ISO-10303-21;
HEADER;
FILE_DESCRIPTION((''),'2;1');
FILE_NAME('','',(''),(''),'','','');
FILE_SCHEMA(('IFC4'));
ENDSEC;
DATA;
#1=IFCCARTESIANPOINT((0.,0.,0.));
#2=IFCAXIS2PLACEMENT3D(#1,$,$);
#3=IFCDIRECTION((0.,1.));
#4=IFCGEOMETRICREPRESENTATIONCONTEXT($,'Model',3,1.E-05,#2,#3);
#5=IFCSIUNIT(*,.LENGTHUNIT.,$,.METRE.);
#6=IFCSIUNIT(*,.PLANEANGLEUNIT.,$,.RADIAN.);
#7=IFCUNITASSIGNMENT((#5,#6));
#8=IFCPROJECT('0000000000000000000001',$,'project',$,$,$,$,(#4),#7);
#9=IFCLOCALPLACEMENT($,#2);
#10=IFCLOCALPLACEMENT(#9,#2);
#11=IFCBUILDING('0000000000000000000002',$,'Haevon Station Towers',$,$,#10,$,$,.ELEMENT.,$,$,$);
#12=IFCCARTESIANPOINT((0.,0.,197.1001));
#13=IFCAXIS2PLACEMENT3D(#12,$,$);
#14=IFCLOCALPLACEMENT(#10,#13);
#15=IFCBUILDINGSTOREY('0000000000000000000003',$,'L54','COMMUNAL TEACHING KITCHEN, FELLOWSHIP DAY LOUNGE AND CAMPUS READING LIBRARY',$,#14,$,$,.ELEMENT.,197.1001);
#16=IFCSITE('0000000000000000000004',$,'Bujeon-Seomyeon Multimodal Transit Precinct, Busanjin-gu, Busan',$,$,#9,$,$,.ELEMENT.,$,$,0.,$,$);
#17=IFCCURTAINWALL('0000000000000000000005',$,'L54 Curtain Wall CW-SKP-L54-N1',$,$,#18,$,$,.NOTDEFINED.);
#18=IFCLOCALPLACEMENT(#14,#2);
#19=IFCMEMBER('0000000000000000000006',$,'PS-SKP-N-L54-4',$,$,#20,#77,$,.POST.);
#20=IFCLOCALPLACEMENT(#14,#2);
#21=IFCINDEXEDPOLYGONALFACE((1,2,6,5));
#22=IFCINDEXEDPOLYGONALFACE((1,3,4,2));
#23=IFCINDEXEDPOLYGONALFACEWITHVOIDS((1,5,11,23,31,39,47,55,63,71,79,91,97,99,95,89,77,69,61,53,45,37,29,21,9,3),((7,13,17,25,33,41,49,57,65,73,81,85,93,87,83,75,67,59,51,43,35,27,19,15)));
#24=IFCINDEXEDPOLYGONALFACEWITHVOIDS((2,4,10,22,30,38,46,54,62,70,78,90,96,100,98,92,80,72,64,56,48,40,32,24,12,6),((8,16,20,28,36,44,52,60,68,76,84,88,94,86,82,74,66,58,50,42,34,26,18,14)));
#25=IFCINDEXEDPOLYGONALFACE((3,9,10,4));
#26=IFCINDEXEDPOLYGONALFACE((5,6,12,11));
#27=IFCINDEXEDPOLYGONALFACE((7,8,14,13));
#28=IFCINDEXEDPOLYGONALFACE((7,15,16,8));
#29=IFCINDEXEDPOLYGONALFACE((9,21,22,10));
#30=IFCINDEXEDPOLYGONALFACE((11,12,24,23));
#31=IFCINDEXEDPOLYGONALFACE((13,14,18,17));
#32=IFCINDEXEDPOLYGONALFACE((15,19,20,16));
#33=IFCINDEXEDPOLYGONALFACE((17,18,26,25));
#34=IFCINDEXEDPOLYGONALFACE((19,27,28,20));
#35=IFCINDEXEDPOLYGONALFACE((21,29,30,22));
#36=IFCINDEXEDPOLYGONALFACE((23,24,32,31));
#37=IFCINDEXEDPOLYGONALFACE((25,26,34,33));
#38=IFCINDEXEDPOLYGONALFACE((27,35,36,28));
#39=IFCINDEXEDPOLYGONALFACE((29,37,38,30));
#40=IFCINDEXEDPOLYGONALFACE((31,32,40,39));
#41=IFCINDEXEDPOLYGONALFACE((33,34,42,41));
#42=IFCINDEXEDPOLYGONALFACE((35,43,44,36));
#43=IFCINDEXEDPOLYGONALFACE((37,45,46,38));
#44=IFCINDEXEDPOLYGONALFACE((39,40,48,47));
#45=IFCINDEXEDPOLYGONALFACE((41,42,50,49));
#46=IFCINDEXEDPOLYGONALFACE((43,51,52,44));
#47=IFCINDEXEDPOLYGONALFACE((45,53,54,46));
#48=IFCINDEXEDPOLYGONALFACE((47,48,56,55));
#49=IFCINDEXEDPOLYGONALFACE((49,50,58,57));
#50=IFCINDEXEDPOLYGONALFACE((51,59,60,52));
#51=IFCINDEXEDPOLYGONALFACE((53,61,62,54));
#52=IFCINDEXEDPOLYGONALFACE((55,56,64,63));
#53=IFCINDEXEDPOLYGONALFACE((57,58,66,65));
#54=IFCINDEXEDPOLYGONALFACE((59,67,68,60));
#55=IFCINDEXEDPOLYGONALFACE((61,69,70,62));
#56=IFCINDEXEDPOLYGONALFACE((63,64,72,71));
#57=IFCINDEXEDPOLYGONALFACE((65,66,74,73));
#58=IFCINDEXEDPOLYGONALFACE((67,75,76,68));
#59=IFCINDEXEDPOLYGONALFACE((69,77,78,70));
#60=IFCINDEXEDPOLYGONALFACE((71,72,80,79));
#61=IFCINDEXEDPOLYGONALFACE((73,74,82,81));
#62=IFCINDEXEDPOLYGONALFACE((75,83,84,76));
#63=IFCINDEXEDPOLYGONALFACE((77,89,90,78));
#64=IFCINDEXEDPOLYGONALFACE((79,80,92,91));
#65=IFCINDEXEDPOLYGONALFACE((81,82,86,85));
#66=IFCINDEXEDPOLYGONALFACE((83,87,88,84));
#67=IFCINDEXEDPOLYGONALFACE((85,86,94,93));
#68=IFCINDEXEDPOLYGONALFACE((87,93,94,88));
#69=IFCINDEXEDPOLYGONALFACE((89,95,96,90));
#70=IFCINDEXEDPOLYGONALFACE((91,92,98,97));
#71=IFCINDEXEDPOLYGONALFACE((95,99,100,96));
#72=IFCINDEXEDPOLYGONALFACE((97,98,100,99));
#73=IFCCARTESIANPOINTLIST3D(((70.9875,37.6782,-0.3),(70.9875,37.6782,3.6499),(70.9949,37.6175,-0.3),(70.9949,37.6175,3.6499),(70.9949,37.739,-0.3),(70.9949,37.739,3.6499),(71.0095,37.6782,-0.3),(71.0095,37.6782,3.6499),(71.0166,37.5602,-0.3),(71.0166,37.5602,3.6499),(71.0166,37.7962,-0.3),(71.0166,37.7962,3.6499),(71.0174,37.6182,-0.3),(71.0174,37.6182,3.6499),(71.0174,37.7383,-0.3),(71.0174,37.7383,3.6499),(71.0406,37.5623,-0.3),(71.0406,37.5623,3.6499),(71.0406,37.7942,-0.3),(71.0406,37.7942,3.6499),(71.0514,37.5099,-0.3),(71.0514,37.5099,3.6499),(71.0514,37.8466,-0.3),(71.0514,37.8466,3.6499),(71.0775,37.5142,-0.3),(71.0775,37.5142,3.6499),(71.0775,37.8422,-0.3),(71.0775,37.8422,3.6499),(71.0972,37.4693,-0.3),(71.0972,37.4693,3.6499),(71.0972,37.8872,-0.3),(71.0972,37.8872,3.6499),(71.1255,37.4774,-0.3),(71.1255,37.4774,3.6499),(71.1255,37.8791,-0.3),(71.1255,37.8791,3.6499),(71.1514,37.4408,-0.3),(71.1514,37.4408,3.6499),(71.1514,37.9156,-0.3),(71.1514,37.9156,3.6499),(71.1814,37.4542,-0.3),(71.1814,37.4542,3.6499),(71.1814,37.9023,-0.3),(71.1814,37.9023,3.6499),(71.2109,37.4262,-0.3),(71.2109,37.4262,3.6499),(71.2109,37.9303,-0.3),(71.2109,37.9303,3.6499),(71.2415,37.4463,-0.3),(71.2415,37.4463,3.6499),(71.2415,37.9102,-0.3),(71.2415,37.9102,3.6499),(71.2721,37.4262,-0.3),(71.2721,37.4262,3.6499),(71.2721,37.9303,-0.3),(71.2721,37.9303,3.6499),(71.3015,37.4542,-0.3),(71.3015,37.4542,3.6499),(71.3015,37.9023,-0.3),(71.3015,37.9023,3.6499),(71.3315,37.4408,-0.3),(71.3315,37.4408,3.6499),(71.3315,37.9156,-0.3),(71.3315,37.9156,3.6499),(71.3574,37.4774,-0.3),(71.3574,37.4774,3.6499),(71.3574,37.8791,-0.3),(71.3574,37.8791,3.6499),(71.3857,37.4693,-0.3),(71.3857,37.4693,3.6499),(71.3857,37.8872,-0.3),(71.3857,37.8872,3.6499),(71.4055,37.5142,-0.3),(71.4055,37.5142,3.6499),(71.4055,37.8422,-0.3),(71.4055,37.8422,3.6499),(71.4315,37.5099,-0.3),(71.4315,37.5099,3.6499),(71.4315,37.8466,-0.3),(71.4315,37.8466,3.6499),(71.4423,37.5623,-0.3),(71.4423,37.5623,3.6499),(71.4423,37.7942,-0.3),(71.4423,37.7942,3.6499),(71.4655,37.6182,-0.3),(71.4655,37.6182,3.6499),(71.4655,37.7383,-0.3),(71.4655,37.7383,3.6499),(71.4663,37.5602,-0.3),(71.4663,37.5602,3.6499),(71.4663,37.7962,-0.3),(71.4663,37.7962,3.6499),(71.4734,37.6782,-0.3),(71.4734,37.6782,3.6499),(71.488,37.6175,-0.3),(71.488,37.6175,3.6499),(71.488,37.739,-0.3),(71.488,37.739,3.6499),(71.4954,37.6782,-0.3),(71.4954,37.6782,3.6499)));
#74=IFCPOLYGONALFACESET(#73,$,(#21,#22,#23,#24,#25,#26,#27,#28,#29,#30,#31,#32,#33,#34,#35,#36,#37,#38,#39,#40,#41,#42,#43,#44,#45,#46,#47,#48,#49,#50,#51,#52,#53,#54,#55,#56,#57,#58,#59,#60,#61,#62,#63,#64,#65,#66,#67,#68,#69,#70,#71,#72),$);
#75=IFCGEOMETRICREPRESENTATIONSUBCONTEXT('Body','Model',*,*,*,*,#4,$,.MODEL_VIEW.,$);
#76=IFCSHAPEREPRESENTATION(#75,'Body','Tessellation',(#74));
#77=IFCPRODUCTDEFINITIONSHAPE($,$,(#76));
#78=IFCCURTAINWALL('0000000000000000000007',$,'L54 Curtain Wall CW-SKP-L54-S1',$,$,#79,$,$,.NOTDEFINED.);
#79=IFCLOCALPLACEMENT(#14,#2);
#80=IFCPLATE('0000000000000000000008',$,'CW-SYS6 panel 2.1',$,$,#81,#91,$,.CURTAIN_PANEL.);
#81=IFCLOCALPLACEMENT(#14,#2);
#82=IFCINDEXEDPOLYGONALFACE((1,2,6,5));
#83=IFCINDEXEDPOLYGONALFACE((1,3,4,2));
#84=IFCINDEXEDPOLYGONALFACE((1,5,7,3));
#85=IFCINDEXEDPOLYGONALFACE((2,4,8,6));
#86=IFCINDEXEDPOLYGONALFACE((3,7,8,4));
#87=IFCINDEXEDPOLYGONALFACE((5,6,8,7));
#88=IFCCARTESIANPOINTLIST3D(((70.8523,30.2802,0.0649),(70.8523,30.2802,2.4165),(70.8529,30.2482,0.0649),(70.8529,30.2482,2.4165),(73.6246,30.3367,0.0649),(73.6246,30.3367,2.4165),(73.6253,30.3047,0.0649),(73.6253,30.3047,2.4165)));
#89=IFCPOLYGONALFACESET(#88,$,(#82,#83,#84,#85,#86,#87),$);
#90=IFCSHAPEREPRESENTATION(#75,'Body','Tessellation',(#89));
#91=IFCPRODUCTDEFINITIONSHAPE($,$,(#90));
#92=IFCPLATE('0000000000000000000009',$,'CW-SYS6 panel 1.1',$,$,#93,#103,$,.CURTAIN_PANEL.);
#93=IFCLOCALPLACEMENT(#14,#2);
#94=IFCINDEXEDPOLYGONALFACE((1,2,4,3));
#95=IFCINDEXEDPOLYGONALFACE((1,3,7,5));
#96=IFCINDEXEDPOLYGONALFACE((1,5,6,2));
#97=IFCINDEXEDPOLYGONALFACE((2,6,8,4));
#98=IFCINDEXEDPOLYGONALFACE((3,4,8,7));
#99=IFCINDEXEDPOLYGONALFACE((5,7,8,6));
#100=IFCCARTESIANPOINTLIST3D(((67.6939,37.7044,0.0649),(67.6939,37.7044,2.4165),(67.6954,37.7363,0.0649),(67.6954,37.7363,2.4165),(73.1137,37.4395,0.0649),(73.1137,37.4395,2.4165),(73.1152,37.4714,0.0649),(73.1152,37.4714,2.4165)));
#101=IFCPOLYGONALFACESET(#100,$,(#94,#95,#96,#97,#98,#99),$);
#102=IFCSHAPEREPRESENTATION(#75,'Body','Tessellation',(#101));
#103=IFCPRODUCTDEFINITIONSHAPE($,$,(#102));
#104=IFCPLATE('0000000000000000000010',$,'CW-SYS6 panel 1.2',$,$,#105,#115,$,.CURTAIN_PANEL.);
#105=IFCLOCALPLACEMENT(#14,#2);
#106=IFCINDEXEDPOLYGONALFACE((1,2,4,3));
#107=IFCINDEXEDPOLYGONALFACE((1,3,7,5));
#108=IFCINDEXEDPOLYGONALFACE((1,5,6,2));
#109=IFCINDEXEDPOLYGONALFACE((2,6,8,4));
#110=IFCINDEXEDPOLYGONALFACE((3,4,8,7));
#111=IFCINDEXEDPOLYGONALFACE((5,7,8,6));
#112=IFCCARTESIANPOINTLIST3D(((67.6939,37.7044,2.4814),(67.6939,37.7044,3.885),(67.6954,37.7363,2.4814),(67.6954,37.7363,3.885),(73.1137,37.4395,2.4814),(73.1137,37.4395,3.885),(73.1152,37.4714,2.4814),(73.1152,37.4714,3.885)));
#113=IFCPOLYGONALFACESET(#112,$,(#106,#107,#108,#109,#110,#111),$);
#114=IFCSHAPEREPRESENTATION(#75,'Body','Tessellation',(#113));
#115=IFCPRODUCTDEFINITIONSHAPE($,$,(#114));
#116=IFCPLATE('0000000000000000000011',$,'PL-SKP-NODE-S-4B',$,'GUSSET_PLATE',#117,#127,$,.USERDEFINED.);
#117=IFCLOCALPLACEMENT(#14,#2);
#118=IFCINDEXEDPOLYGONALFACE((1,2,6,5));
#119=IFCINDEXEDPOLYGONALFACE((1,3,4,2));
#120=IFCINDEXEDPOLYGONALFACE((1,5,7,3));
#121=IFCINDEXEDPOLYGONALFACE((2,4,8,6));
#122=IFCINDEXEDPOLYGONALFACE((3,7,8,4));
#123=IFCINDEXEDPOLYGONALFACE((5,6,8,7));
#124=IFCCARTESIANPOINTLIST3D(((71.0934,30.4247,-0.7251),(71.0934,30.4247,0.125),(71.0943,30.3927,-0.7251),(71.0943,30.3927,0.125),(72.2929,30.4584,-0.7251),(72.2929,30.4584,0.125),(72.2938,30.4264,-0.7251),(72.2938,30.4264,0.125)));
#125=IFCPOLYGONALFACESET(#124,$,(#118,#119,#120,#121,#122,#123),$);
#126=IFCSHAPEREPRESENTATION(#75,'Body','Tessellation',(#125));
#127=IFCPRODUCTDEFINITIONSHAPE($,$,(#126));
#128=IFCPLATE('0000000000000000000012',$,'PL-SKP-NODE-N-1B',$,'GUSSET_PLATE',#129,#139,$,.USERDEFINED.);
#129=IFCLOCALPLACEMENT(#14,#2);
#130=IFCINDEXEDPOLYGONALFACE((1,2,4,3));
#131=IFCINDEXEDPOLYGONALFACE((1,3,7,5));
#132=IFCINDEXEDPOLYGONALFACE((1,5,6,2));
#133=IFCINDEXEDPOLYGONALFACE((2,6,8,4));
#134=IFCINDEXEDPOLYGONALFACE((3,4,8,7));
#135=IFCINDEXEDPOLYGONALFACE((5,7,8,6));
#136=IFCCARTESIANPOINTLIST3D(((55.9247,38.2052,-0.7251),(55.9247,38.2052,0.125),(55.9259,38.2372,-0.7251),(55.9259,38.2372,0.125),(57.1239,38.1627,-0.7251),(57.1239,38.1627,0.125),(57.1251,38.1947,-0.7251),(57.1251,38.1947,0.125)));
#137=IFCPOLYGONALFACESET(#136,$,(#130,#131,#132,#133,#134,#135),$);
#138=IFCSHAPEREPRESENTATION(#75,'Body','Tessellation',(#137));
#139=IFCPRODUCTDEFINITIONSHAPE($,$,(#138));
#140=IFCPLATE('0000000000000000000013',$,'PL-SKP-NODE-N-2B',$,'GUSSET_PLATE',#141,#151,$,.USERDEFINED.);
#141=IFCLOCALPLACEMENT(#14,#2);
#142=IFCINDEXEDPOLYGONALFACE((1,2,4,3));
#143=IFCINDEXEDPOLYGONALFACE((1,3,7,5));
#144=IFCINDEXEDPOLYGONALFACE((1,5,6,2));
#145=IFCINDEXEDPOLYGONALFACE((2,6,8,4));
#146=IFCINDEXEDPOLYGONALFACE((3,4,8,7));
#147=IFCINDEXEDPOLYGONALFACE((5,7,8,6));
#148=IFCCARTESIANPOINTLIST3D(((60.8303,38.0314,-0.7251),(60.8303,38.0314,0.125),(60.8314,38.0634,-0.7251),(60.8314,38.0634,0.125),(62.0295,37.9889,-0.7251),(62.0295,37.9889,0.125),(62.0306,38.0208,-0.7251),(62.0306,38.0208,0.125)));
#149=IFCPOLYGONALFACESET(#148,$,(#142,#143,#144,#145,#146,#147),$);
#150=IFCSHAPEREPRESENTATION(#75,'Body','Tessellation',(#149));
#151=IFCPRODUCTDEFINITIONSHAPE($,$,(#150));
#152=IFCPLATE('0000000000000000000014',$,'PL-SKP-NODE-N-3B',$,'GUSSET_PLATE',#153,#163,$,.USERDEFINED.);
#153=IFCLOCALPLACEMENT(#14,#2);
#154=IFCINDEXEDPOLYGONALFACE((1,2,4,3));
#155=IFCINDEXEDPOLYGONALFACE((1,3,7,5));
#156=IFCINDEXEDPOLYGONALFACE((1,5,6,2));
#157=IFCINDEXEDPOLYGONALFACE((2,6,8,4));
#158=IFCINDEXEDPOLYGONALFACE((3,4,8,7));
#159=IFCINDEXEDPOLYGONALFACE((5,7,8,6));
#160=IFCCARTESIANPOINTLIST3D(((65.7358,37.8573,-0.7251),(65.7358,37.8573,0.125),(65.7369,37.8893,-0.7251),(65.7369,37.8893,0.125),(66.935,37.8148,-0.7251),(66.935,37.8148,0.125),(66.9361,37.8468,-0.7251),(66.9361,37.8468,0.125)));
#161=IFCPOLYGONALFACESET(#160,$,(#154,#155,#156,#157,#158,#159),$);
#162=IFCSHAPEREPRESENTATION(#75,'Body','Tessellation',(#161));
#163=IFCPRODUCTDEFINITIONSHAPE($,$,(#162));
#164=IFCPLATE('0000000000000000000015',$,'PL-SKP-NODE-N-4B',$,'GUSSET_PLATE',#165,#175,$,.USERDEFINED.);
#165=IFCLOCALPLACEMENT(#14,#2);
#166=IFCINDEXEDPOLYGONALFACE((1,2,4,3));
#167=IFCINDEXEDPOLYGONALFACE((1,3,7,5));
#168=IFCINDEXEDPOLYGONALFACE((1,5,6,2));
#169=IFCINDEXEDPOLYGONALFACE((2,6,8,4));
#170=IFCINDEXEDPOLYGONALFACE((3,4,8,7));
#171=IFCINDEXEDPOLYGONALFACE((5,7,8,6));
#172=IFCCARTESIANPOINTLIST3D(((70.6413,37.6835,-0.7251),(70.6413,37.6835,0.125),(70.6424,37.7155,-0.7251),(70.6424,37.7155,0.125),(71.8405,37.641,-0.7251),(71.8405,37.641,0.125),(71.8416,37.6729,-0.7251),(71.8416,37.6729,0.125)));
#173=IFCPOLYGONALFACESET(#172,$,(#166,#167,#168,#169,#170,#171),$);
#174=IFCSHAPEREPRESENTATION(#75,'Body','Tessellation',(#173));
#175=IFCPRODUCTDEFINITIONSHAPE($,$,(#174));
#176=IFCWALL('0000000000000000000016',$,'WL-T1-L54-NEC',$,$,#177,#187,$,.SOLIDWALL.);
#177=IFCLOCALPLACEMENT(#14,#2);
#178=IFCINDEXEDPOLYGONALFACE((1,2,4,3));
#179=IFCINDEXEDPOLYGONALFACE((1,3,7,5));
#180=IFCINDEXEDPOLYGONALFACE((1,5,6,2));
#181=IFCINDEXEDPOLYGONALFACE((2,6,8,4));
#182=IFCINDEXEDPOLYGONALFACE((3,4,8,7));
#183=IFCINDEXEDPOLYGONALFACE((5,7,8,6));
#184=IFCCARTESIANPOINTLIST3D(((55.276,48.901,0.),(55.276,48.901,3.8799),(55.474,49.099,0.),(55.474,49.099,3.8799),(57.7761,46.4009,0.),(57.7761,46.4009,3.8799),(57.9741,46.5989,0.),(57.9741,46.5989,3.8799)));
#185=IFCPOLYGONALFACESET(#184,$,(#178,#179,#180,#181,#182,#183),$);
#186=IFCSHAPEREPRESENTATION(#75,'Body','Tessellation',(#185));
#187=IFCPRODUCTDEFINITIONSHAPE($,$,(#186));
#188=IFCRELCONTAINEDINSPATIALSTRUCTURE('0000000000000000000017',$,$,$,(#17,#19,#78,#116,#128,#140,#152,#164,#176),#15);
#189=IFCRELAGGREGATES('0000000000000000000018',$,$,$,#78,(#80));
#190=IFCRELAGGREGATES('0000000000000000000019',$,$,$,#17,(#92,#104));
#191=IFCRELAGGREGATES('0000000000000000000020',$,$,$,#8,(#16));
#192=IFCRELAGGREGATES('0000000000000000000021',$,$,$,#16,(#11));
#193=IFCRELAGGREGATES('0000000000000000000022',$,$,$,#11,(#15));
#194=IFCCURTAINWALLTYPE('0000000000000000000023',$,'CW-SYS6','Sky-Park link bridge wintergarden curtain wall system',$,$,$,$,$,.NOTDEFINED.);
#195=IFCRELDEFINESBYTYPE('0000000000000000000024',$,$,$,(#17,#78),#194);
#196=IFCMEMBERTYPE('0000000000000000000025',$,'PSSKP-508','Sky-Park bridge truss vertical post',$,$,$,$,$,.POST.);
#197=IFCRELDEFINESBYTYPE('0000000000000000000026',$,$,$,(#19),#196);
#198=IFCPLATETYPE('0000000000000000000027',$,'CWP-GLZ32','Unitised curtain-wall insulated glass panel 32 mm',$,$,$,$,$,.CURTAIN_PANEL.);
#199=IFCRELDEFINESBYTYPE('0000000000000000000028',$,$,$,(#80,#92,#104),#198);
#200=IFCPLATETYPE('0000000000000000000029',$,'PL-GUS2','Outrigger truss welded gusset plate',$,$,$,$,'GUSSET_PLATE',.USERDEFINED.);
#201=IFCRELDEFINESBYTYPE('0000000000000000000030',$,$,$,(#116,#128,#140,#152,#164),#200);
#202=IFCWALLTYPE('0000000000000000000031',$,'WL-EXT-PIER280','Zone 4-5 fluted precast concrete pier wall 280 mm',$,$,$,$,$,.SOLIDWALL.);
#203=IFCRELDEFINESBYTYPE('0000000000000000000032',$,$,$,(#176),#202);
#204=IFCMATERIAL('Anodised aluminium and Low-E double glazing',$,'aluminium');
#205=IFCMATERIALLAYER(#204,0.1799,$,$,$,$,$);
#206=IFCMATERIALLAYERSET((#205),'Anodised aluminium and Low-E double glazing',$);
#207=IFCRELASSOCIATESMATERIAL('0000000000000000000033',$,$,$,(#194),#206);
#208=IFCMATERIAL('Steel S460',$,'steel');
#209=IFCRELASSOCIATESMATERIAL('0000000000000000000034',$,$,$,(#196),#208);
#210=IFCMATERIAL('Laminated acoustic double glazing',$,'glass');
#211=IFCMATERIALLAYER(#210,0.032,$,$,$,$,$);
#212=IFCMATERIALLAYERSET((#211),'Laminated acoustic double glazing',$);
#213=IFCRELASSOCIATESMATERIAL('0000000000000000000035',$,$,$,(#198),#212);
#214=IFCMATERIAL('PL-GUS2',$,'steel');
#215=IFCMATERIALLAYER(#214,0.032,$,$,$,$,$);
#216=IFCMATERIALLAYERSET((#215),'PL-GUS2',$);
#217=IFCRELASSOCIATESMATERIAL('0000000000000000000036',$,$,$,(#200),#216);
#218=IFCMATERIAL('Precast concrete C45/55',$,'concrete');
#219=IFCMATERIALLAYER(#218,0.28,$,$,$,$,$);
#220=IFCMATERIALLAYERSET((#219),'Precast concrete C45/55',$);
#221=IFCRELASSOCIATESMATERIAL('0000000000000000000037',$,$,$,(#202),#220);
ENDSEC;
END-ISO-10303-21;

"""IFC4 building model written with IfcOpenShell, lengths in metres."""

from ifc_helpers import new_model, si_unit, direction, frame, frame_2d, origin, origin_2d, place, context, subcontext, project, spatial, rectangle, hollow_circle, extrude, material, layer, layer_set, material_profile, profile_set, type_object, element, aggregate, save


model = new_model("IFC4")

# Units and contexts
model_context = context("Model", 3, precision=1e-05, world=origin(), true_north=direction((0.0, 1.0)))
body_context = subcontext(model_context, "Body", "Model", "MODEL_VIEW")
ifc_project = project(units=[si_unit("LENGTHUNIT", "METRE"), si_unit("PLANEANGLEUNIT", "RADIAN")], contexts=[model_context])

# Site, building, storey
site_placement = place(None, origin())
site = spatial("IfcSite", under=ifc_project, at=site_placement, Name="Bujeon-Seomyeon Multimodal Transit Precinct, Busanjin-gu, Busan", CompositionType="ELEMENT", RefElevation=0.0)
building_placement = place(site_placement, origin())
building = spatial("IfcBuilding", under=site, at=building_placement, Name="Haevon Station Towers", CompositionType="ELEMENT")
storey_placement = place(building_placement, frame((0.0, 0.0, 197.1001)))
storey = spatial("IfcBuildingStorey", under=building, at=storey_placement, Name="L54", Description="COMMUNAL TEACHING KITCHEN, FELLOWSHIP DAY LOUNGE AND CAMPUS READING LIBRARY", CompositionType="ELEMENT", Elevation=197.1001)

# Shared definitions
ifc_material_1 = material(Name="Steel S460", Category="steel")

# Curtain wall
ifc_material_2 = material(Name="Anodised aluminium and Low-E double glazing", Category="aluminium")
ifc_layer_1 = layer(ifc_material_2, 0.1799)
ifc_layer_set_1 = layer_set([ifc_layer_1], Name="Anodised aluminium and Low-E double glazing")
curtain_wall_type = type_object("IfcCurtainWallType", Name="CW-SYS6", Description="Sky-Park link bridge wintergarden curtain wall system", PredefinedType="NOTDEFINED", material=ifc_layer_set_1)
curtain_wall_1_placement = place(storey_placement, origin())
curtain_wall_1 = element("IfcCurtainWall", 1, at=curtain_wall_1_placement, inside=storey, type_object=curtain_wall_type, Name="L54 Curtain Wall CW-SKP-L54-N1", PredefinedType="NOTDEFINED")

# Member
ifc_material_profile_1 = material_profile(ifc_material_1, hollow_circle(Radius=0.2539, WallThickness=0.022, at=origin_2d()), Name="CHS-508x22")
ifc_profile_set_1 = profile_set([ifc_material_profile_1], Name="Steel S460")
member_type_1 = type_object("IfcMemberType", Name="PSSKP-508", Description="Sky-Park bridge truss vertical post", PredefinedType="POST", material=ifc_profile_set_1)
for number, where, z_axis, x_axis, name in (
    (2, (71.2415, 37.6782, -0.3), (0.0, 0.0, 1.0), (1.0, 0.0, 0.0), "PS-SKP-N-L54-4"),
):
    element("IfcMember", number, at=place(storey_placement, frame(where, z_axis=z_axis, x_axis=x_axis)), inside=storey, type_object=member_type_1, Name=name, PredefinedType="POST", context=body_context, shape_type="SweptSolid", body=[
        extrude(hollow_circle(Radius=0.2539, WallThickness=0.022, at=origin_2d()), origin(), (0.0, 0.0, 1.0), 3.95),
    ])

# Curtain wall, plate
curtain_wall_2_placement = place(storey_placement, origin())
curtain_wall_2 = element("IfcCurtainWall", 3, at=curtain_wall_2_placement, inside=storey, type_object=curtain_wall_type, Name="L54 Curtain Wall CW-SKP-L54-S1", PredefinedType="NOTDEFINED")
ifc_material_3 = material(Name="Laminated acoustic double glazing", Category="glass")
ifc_layer_2 = layer(ifc_material_3, 0.032)
ifc_layer_set_2 = layer_set([ifc_layer_2], Name="Laminated acoustic double glazing")
plate_type_1 = type_object("IfcPlateType", Name="CWP-GLZ32", Description="Unitised curtain-wall insulated glass panel 32 mm", PredefinedType="CURTAIN_PANEL", material=ifc_layer_set_2)
plate_1_placement = place(storey_placement, frame((72.2388, 30.2925, 0.0649), z_axis=(0.0, 0.0, 1.0), x_axis=(0.999792, 0.020374, 0.0)))
plate_1 = element("IfcPlate", 4, at=plate_1_placement, type_object=plate_type_1, Name="CW-SYS6 panel 2.1", PredefinedType="CURTAIN_PANEL", context=body_context, shape_type="SweptSolid", body=[
    extrude(rectangle(XDim=2.7729, YDim=0.032, at=origin_2d()), origin(), (0.0, 0.0, 1.0), 2.3516),
])
aggregate(curtain_wall_2, [plate_1])

# Plates
plate_2_placement = place(storey_placement, frame((70.4045, 37.5879, 0.0649), z_axis=(0.0, 0.0, 1.0), x_axis=(0.998807, -0.048822, 0.0)))
plate_2 = element("IfcPlate", 5, at=plate_2_placement, type_object=plate_type_1, Name="CW-SYS6 panel 1.1", PredefinedType="CURTAIN_PANEL", context=body_context, shape_type="SweptSolid", body=[
    extrude(rectangle(XDim=5.4263, YDim=0.032, at=origin_2d()), origin(), (0.0, 0.0, 1.0), 2.3516),
])
plate_3_placement = place(storey_placement, frame((70.4045, 37.5879, 2.4814), z_axis=(0.0, 0.0, 1.0), x_axis=(0.998807, -0.048822, 0.0)))
plate_3 = element("IfcPlate", 6, at=plate_3_placement, type_object=plate_type_1, Name="CW-SYS6 panel 1.2", PredefinedType="CURTAIN_PANEL", context=body_context, shape_type="SweptSolid", body=[
    extrude(rectangle(XDim=5.4263, YDim=0.032, at=origin_2d()), origin(), (0.0, 0.0, 1.0), 1.4036),
])
aggregate(curtain_wall_1, [plate_2, plate_3])

# Plates
ifc_material_4 = material(Name="PL-GUS2", Category="steel")
ifc_layer_3 = layer(ifc_material_4, 0.032)
ifc_layer_set_3 = layer_set([ifc_layer_3], Name="PL-GUS2")
plate_type_2 = type_object("IfcPlateType", Name="PL-GUS2", Description="Outrigger truss welded gusset plate", ElementType="GUSSET_PLATE", PredefinedType="USERDEFINED", material=ifc_layer_set_3)
for number, where, z_axis, x_axis, name in (
    (7, (71.6936, 30.4255, -0.7251), (0.0, 0.0, 1.0), (0.999607, 0.028049, 0.0), "PL-SKP-NODE-S-4B"),
    (8, (56.5249, 38.2, -0.7251), (0.0, 0.0, 1.0), (0.999372, -0.03544, 0.0), "PL-SKP-NODE-N-1B"),
    (9, (61.4304, 38.0261, -0.7251), (0.0, 0.0, 1.0), (0.999372, -0.03544, 0.0), "PL-SKP-NODE-N-2B"),
    (10, (66.3359, 37.8521, -0.7251), (0.0, 0.0, 1.0), (0.999372, -0.03544, 0.0), "PL-SKP-NODE-N-3B"),
    (11, (71.2415, 37.6782, -0.7251), (0.0, 0.0, 1.0), (0.999372, -0.03544, 0.0), "PL-SKP-NODE-N-4B"),
):
    element("IfcPlate", number, at=place(storey_placement, frame(where, z_axis=z_axis, x_axis=x_axis)), inside=storey, type_object=plate_type_2, Name=name, ObjectType="GUSSET_PLATE", PredefinedType="USERDEFINED", context=body_context, shape_type="SweptSolid", body=[
        extrude(rectangle(XDim=1.2, YDim=0.032, at=origin_2d()), origin(), (0.0, 0.0, 1.0), 0.8501),
    ])

# Wall
ifc_material_5 = material(Name="Precast concrete C45/55", Category="concrete")
ifc_layer_4 = layer(ifc_material_5, 0.28)
ifc_layer_set_4 = layer_set([ifc_layer_4], Name="Precast concrete C45/55")
wall_type = type_object("IfcWallType", Name="WL-EXT-PIER280", Description="Zone 4-5 fluted precast concrete pier wall 280 mm", PredefinedType="SOLIDWALL", material=ifc_layer_set_4)
wall_1_placement = place(storey_placement, frame((55.375, 49.0, 0.0), z_axis=(0.0, 0.0, 1.0), x_axis=(0.707107, -0.707107, 0.0)))
element("IfcWall", 12, at=wall_1_placement, inside=storey, type_object=wall_type, Name="WL-T1-L54-NEC", PredefinedType="SOLIDWALL", context=body_context, shape_type="SweptSolid", body=[
    extrude(rectangle(XDim=3.5356, YDim=0.28, at=frame_2d((1.7678, 0.0))), origin(), (0.0, 0.0, 1.0), 3.8799),
])

save(model, "model.ifc")
